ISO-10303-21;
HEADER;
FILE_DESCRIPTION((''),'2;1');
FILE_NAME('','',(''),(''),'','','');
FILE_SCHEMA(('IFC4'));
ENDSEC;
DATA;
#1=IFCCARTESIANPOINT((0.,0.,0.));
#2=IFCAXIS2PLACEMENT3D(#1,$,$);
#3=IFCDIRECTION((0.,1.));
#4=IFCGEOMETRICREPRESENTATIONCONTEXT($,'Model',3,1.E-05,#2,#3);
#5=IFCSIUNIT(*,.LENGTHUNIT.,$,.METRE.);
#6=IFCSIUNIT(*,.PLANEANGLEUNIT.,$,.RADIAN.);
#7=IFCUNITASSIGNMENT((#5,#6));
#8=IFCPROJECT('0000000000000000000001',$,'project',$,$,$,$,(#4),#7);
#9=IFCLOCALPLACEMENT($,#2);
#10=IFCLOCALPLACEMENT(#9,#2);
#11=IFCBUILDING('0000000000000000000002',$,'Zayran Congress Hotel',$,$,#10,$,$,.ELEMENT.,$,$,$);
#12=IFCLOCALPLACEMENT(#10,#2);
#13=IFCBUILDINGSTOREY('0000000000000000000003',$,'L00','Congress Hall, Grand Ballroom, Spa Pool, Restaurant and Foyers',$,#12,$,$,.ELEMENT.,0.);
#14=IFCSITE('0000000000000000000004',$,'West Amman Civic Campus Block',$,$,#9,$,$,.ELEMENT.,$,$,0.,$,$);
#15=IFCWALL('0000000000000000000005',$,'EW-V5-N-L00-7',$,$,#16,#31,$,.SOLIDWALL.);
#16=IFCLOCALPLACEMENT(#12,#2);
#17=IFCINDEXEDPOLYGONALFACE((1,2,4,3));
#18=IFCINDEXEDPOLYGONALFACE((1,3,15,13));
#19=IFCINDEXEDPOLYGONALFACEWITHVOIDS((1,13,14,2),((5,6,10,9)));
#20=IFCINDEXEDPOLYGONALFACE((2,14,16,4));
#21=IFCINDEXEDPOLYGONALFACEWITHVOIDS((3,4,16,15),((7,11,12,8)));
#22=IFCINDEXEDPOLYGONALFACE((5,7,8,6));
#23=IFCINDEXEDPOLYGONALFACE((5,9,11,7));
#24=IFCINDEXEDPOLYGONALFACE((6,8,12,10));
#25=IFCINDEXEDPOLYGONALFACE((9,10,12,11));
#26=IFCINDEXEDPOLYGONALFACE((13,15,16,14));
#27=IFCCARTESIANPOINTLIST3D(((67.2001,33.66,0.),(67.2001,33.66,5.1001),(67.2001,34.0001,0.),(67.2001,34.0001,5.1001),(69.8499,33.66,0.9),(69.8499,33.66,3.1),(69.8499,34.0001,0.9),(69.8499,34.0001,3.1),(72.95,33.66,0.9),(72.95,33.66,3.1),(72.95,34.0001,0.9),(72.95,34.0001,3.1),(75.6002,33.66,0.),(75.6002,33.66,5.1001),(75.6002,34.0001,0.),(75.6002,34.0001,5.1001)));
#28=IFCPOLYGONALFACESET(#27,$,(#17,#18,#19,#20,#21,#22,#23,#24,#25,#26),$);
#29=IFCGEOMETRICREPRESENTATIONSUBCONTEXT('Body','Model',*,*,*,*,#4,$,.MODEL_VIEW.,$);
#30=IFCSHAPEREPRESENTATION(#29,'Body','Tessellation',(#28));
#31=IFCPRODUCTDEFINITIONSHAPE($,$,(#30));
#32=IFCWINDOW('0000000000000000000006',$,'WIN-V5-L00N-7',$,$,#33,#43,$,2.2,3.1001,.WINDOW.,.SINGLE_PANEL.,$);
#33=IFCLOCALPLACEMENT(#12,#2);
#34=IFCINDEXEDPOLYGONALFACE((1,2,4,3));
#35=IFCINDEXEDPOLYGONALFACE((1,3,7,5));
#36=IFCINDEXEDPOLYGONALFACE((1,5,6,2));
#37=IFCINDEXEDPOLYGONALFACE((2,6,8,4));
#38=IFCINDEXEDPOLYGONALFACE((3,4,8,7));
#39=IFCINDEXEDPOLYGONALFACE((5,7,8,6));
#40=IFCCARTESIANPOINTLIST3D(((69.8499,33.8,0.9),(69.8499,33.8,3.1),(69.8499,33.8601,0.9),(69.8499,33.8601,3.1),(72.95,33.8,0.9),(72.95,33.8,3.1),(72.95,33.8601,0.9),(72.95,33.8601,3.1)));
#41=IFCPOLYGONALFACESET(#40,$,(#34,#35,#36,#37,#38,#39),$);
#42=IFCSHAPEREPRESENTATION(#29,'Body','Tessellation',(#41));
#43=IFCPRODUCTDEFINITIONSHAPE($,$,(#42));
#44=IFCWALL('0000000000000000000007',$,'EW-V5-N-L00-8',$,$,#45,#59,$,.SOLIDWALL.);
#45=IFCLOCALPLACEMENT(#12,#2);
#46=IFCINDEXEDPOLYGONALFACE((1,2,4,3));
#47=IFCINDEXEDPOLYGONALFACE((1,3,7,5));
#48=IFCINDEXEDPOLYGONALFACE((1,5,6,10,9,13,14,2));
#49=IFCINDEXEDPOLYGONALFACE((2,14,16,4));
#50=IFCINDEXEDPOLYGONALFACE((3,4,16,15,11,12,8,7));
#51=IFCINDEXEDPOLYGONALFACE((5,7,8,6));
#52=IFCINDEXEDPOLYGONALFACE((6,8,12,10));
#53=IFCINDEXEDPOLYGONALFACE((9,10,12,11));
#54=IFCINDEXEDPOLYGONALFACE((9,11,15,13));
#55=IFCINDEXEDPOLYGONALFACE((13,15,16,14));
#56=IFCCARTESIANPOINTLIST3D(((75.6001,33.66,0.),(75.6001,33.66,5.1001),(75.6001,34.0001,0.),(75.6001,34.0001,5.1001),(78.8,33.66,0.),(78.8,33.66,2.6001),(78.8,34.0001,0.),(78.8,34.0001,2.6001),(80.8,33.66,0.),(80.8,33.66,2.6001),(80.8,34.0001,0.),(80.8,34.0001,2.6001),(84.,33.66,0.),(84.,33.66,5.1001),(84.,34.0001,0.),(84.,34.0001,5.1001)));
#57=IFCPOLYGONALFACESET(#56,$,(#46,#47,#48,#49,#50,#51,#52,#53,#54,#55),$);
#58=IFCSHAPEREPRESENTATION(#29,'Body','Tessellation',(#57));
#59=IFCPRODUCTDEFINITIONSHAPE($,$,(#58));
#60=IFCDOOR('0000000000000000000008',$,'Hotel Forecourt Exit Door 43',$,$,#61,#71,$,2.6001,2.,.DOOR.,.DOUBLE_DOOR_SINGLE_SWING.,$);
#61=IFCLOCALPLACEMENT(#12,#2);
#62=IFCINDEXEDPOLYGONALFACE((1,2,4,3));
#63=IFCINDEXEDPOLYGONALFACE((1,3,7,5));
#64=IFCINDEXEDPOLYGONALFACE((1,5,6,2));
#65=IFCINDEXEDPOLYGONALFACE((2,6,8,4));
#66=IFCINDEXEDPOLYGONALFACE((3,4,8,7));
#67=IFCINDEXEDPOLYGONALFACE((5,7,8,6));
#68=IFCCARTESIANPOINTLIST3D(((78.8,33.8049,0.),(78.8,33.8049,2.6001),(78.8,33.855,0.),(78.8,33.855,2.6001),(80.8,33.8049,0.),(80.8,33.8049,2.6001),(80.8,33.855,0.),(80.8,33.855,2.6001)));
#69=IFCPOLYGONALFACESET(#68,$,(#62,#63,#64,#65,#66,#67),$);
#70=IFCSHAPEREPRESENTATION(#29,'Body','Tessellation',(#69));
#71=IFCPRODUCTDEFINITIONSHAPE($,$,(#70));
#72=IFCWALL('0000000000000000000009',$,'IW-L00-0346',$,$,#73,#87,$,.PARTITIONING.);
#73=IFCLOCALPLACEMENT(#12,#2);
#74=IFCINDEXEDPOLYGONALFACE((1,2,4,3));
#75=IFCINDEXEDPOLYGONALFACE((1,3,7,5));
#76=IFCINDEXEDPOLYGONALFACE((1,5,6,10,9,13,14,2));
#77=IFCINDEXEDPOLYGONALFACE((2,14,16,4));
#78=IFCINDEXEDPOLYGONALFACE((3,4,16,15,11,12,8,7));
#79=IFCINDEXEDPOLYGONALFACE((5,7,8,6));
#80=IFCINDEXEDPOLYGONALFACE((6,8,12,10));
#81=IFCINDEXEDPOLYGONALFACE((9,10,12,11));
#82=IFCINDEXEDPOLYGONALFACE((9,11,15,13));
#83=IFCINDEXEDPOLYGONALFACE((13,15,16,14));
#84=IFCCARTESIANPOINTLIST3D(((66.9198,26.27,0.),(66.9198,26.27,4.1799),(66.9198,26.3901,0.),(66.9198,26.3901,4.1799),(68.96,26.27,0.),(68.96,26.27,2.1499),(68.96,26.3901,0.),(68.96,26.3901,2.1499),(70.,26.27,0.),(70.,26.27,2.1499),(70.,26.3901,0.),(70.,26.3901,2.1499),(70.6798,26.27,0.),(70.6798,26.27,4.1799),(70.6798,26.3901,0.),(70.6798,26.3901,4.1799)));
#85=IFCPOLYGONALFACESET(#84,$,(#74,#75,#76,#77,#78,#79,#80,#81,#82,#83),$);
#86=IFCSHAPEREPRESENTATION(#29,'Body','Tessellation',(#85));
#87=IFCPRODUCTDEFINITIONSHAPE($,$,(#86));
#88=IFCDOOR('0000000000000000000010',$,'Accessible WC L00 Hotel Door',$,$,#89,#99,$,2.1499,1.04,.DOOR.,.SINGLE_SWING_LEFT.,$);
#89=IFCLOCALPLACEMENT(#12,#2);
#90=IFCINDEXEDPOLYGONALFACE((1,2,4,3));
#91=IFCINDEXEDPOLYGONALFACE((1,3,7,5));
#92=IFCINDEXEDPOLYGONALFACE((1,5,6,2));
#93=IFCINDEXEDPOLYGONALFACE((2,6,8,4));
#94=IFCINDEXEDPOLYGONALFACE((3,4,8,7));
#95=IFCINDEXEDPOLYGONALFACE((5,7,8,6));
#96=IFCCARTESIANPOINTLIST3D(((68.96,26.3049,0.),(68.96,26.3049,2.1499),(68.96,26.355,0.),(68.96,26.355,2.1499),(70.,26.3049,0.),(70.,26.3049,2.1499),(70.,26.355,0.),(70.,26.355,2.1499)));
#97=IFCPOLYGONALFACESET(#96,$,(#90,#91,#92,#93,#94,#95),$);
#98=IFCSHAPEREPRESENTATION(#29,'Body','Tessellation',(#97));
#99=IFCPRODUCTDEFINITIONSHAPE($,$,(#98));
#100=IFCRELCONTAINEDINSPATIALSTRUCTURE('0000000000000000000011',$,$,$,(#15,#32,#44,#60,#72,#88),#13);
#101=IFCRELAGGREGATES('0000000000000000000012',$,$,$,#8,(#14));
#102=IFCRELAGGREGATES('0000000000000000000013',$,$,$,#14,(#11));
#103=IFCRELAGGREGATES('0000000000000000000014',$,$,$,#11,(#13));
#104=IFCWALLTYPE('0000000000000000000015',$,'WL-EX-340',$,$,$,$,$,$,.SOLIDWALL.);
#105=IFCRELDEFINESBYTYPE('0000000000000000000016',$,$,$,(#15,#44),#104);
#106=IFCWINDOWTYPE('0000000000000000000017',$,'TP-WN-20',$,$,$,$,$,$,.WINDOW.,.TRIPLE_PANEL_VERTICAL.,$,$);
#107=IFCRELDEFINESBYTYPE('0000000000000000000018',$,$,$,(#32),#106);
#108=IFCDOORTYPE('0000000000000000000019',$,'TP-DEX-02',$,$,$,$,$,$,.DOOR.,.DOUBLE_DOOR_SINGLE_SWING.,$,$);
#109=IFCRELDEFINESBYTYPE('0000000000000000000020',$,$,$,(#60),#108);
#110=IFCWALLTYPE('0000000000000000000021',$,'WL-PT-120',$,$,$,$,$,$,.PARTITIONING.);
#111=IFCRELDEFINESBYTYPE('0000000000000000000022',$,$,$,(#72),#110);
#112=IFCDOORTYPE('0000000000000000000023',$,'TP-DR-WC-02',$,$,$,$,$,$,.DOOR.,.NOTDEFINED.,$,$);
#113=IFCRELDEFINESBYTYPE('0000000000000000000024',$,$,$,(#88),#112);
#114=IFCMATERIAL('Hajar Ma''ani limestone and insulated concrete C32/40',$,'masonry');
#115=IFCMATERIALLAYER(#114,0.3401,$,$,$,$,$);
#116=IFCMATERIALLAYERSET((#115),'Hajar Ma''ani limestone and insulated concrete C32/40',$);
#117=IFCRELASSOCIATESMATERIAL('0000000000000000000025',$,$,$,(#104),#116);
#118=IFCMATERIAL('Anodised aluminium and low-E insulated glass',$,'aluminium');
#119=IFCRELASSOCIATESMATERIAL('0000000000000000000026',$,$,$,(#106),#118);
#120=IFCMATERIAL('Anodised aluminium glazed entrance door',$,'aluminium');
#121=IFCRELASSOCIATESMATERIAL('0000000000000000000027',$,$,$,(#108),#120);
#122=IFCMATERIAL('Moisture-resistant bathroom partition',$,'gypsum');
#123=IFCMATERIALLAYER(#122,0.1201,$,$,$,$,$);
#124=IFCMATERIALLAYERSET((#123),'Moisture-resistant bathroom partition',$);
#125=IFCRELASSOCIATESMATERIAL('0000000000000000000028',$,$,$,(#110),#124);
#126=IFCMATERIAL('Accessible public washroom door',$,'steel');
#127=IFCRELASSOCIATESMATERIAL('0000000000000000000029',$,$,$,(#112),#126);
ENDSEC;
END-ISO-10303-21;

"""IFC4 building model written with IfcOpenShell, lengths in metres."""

from ifc_helpers import new_model, si_unit, direction, frame, frame_2d, origin, place, context, subcontext, project, spatial, rectangle, extrude, material, layer, layer_set, type_object, element, fill, save


model = new_model("IFC4")

# Units and contexts
model_context = context("Model", 3, precision=1e-05, world=origin(), true_north=direction((0.0, 1.0)))
body_context = subcontext(model_context, "Body", "Model", "MODEL_VIEW")
ifc_project = project(units=[si_unit("LENGTHUNIT", "METRE"), si_unit("PLANEANGLEUNIT", "RADIAN")], contexts=[model_context])

# Site, building, storey
site_placement = place(None, origin())
site = spatial("IfcSite", under=ifc_project, at=site_placement, Name="West Amman Civic Campus Block", CompositionType="ELEMENT", RefElevation=0.0)
building_placement = place(site_placement, origin())
building = spatial("IfcBuilding", under=site, at=building_placement, Name="Zayran Congress Hotel", CompositionType="ELEMENT")
storey_placement = place(building_placement, origin())
storey = spatial("IfcBuildingStorey", under=building, at=storey_placement, Name="L00", Description="Congress Hall, Grand Ballroom, Spa Pool, Restaurant and Foyers", CompositionType="ELEMENT", Elevation=0.0)

# Shared definitions
ifc_material_1 = material(Name="Anodised aluminium and low-E insulated glass", Category="aluminium")

# Wall, opening, window
ifc_material_2 = material(Name="Hajar Ma'ani limestone and insulated concrete C32/40", Category="masonry")
ifc_layer_1 = layer(ifc_material_2, 0.3401)
ifc_layer_set_1 = layer_set([ifc_layer_1], Name="Hajar Ma'ani limestone and insulated concrete C32/40")
wall_type_1 = type_object("IfcWallType", Name="WL-EX-340", PredefinedType="SOLIDWALL", material=ifc_layer_set_1)
window_type = type_object("IfcWindowType", Name="TP-WN-20", PartitioningType="TRIPLE_PANEL_VERTICAL", PredefinedType="WINDOW", material=ifc_material_1)
wall_1_placement = place(storey_placement, frame((67.2, 33.8301, 0.0), z_axis=(0.0, 0.0, 1.0), x_axis=(1.0, 0.0, 0.0)))
wall_1 = element("IfcWall", 1, at=wall_1_placement, inside=storey, type_object=wall_type_1, Name="EW-V5-N-L00-7", PredefinedType="SOLIDWALL", context=body_context, shape_type="SweptSolid", body=[
    extrude(rectangle(XDim=8.4001, YDim=0.3401, at=frame_2d((4.2002, 0.0))), origin(), (0.0, 0.0, 1.0), 5.1001),
])
opening_1_placement = place(wall_1_placement, frame((2.6499, 0.0, 0.8999)))
opening_1 = element("IfcOpeningElement", 2, at=opening_1_placement, cuts=wall_1, PredefinedType="OPENING", context=body_context, shape_type="SweptSolid", body=[
    extrude(rectangle(XDim=3.1001, YDim=2.2, at=frame_2d((1.55, 1.1001))), frame((0.0, 0.1799, 0.0), z_axis=(0.0, -1.0, 0.0), x_axis=(1.0, 0.0, 0.0)), (0.0, 0.0, 1.0), 0.3601),
])
window_1_placement = place(opening_1_placement, origin())
window_1 = element("IfcWindow", 3, at=window_1_placement, inside=storey, type_object=window_type, Name="WIN-V5-L00N-7", OverallHeight=2.2, OverallWidth=3.1001, PartitioningType="SINGLE_PANEL", PredefinedType="WINDOW", context=body_context, shape_type="SweptSolid", body=[
    extrude(rectangle(XDim=3.1001, YDim=2.2, at=frame_2d((1.55, 1.1001))), frame((0.0, 0.03, 0.0), z_axis=(0.0, -1.0, 0.0), x_axis=(1.0, 0.0, 0.0)), (0.0, 0.0, 1.0), 0.0601),
])
fill(opening_1, window_1)

# Walls, openings, doors
wall_2_placement = place(storey_placement, frame((75.6001, 33.8301, 0.0), z_axis=(0.0, 0.0, 1.0), x_axis=(1.0, 0.0, 0.0)))
wall_2 = element("IfcWall", 4, at=wall_2_placement, inside=storey, type_object=wall_type_1, Name="EW-V5-N-L00-8", PredefinedType="SOLIDWALL", context=body_context, shape_type="SweptSolid", body=[
    extrude(rectangle(XDim=8.3999, YDim=0.3401, at=frame_2d((4.2, 0.0))), origin(), (0.0, 0.0, 1.0), 5.1001),
])
opening_2_placement = place(wall_2_placement, frame((3.2, 0.0, 0.0)))
opening_2 = element("IfcOpeningElement", 5, at=opening_2_placement, cuts=wall_2, PredefinedType="OPENING", context=body_context, shape_type="SweptSolid", body=[
    extrude(rectangle(XDim=2.0, YDim=2.6001, at=frame_2d((1.0, 1.3))), frame((0.0, 0.1799, 0.0), z_axis=(0.0, -1.0, 0.0), x_axis=(1.0, 0.0, 0.0)), (0.0, 0.0, 1.0), 0.3601),
])
ifc_material_3 = material(Name="Anodised aluminium glazed entrance door", Category="aluminium")
door_type_1 = type_object("IfcDoorType", Name="TP-DEX-02", OperationType="DOUBLE_DOOR_SINGLE_SWING", PredefinedType="DOOR", material=ifc_material_3)
door_1_placement = place(opening_2_placement, origin())
door_1 = element("IfcDoor", 6, at=door_1_placement, inside=storey, type_object=door_type_1, Name="Hotel Forecourt Exit Door 43", OperationType="DOUBLE_DOOR_SINGLE_SWING", OverallHeight=2.6001, OverallWidth=2.0, PredefinedType="DOOR", context=body_context, shape_type="SweptSolid", body=[
    extrude(rectangle(XDim=2.0, YDim=2.6001, at=frame_2d((1.0, 1.3))), frame((0.0, 0.0249, 0.0), z_axis=(0.0, -1.0, 0.0), x_axis=(1.0, 0.0, 0.0)), (0.0, 0.0, 1.0), 0.05),
])
fill(opening_2, door_1)
ifc_material_4 = material(Name="Moisture-resistant bathroom partition", Category="gypsum")
ifc_layer_2 = layer(ifc_material_4, 0.1201)
ifc_layer_set_2 = layer_set([ifc_layer_2], Name="Moisture-resistant bathroom partition")
wall_type_2 = type_object("IfcWallType", Name="WL-PT-120", PredefinedType="PARTITIONING", material=ifc_layer_set_2)
wall_3_placement = place(storey_placement, frame((66.9199, 26.3301, 0.0), z_axis=(0.0, 0.0, 1.0), x_axis=(1.0, 0.0, 0.0)))
wall_3 = element("IfcWall", 7, at=wall_3_placement, inside=storey, type_object=wall_type_2, Name="IW-L00-0346", PredefinedType="PARTITIONING", context=body_context, shape_type="SweptSolid", body=[
    extrude(rectangle(XDim=3.76, YDim=0.1201, at=frame_2d((1.8799, 0.0))), origin(), (0.0, 0.0, 1.0), 4.1799),
])
opening_3_placement = place(wall_3_placement, frame((2.04, 0.0, 0.0)))
opening_3 = element("IfcOpeningElement", 8, at=opening_3_placement, cuts=wall_3, PredefinedType="OPENING", context=body_context, shape_type="SweptSolid", body=[
    extrude(rectangle(XDim=1.04, YDim=2.1499, at=frame_2d((0.52, 1.075))), frame((0.0, 0.0701, 0.0), z_axis=(0.0, -1.0, 0.0), x_axis=(1.0, 0.0, 0.0)), (0.0, 0.0, 1.0), 0.1401),
])
ifc_material_5 = material(Name="Accessible public washroom door", Category="steel")
door_type_2 = type_object("IfcDoorType", Name="TP-DR-WC-02", OperationType="NOTDEFINED", PredefinedType="DOOR", material=ifc_material_5)
door_2_placement = place(opening_3_placement, origin())
door_2 = element("IfcDoor", 9, at=door_2_placement, inside=storey, type_object=door_type_2, Name="Accessible WC L00 Hotel Door", OperationType="SINGLE_SWING_LEFT", OverallHeight=2.1499, OverallWidth=1.04, PredefinedType="DOOR", context=body_context, shape_type="SweptSolid", body=[
    extrude(rectangle(XDim=1.04, YDim=2.1499, at=frame_2d((0.52, 1.075))), frame((0.0, 0.0249, 0.0), z_axis=(0.0, -1.0, 0.0), x_axis=(1.0, 0.0, 0.0)), (0.0, 0.0, 1.0), 0.05),
])
fill(opening_3, door_2)

save(model, "model.ifc")
